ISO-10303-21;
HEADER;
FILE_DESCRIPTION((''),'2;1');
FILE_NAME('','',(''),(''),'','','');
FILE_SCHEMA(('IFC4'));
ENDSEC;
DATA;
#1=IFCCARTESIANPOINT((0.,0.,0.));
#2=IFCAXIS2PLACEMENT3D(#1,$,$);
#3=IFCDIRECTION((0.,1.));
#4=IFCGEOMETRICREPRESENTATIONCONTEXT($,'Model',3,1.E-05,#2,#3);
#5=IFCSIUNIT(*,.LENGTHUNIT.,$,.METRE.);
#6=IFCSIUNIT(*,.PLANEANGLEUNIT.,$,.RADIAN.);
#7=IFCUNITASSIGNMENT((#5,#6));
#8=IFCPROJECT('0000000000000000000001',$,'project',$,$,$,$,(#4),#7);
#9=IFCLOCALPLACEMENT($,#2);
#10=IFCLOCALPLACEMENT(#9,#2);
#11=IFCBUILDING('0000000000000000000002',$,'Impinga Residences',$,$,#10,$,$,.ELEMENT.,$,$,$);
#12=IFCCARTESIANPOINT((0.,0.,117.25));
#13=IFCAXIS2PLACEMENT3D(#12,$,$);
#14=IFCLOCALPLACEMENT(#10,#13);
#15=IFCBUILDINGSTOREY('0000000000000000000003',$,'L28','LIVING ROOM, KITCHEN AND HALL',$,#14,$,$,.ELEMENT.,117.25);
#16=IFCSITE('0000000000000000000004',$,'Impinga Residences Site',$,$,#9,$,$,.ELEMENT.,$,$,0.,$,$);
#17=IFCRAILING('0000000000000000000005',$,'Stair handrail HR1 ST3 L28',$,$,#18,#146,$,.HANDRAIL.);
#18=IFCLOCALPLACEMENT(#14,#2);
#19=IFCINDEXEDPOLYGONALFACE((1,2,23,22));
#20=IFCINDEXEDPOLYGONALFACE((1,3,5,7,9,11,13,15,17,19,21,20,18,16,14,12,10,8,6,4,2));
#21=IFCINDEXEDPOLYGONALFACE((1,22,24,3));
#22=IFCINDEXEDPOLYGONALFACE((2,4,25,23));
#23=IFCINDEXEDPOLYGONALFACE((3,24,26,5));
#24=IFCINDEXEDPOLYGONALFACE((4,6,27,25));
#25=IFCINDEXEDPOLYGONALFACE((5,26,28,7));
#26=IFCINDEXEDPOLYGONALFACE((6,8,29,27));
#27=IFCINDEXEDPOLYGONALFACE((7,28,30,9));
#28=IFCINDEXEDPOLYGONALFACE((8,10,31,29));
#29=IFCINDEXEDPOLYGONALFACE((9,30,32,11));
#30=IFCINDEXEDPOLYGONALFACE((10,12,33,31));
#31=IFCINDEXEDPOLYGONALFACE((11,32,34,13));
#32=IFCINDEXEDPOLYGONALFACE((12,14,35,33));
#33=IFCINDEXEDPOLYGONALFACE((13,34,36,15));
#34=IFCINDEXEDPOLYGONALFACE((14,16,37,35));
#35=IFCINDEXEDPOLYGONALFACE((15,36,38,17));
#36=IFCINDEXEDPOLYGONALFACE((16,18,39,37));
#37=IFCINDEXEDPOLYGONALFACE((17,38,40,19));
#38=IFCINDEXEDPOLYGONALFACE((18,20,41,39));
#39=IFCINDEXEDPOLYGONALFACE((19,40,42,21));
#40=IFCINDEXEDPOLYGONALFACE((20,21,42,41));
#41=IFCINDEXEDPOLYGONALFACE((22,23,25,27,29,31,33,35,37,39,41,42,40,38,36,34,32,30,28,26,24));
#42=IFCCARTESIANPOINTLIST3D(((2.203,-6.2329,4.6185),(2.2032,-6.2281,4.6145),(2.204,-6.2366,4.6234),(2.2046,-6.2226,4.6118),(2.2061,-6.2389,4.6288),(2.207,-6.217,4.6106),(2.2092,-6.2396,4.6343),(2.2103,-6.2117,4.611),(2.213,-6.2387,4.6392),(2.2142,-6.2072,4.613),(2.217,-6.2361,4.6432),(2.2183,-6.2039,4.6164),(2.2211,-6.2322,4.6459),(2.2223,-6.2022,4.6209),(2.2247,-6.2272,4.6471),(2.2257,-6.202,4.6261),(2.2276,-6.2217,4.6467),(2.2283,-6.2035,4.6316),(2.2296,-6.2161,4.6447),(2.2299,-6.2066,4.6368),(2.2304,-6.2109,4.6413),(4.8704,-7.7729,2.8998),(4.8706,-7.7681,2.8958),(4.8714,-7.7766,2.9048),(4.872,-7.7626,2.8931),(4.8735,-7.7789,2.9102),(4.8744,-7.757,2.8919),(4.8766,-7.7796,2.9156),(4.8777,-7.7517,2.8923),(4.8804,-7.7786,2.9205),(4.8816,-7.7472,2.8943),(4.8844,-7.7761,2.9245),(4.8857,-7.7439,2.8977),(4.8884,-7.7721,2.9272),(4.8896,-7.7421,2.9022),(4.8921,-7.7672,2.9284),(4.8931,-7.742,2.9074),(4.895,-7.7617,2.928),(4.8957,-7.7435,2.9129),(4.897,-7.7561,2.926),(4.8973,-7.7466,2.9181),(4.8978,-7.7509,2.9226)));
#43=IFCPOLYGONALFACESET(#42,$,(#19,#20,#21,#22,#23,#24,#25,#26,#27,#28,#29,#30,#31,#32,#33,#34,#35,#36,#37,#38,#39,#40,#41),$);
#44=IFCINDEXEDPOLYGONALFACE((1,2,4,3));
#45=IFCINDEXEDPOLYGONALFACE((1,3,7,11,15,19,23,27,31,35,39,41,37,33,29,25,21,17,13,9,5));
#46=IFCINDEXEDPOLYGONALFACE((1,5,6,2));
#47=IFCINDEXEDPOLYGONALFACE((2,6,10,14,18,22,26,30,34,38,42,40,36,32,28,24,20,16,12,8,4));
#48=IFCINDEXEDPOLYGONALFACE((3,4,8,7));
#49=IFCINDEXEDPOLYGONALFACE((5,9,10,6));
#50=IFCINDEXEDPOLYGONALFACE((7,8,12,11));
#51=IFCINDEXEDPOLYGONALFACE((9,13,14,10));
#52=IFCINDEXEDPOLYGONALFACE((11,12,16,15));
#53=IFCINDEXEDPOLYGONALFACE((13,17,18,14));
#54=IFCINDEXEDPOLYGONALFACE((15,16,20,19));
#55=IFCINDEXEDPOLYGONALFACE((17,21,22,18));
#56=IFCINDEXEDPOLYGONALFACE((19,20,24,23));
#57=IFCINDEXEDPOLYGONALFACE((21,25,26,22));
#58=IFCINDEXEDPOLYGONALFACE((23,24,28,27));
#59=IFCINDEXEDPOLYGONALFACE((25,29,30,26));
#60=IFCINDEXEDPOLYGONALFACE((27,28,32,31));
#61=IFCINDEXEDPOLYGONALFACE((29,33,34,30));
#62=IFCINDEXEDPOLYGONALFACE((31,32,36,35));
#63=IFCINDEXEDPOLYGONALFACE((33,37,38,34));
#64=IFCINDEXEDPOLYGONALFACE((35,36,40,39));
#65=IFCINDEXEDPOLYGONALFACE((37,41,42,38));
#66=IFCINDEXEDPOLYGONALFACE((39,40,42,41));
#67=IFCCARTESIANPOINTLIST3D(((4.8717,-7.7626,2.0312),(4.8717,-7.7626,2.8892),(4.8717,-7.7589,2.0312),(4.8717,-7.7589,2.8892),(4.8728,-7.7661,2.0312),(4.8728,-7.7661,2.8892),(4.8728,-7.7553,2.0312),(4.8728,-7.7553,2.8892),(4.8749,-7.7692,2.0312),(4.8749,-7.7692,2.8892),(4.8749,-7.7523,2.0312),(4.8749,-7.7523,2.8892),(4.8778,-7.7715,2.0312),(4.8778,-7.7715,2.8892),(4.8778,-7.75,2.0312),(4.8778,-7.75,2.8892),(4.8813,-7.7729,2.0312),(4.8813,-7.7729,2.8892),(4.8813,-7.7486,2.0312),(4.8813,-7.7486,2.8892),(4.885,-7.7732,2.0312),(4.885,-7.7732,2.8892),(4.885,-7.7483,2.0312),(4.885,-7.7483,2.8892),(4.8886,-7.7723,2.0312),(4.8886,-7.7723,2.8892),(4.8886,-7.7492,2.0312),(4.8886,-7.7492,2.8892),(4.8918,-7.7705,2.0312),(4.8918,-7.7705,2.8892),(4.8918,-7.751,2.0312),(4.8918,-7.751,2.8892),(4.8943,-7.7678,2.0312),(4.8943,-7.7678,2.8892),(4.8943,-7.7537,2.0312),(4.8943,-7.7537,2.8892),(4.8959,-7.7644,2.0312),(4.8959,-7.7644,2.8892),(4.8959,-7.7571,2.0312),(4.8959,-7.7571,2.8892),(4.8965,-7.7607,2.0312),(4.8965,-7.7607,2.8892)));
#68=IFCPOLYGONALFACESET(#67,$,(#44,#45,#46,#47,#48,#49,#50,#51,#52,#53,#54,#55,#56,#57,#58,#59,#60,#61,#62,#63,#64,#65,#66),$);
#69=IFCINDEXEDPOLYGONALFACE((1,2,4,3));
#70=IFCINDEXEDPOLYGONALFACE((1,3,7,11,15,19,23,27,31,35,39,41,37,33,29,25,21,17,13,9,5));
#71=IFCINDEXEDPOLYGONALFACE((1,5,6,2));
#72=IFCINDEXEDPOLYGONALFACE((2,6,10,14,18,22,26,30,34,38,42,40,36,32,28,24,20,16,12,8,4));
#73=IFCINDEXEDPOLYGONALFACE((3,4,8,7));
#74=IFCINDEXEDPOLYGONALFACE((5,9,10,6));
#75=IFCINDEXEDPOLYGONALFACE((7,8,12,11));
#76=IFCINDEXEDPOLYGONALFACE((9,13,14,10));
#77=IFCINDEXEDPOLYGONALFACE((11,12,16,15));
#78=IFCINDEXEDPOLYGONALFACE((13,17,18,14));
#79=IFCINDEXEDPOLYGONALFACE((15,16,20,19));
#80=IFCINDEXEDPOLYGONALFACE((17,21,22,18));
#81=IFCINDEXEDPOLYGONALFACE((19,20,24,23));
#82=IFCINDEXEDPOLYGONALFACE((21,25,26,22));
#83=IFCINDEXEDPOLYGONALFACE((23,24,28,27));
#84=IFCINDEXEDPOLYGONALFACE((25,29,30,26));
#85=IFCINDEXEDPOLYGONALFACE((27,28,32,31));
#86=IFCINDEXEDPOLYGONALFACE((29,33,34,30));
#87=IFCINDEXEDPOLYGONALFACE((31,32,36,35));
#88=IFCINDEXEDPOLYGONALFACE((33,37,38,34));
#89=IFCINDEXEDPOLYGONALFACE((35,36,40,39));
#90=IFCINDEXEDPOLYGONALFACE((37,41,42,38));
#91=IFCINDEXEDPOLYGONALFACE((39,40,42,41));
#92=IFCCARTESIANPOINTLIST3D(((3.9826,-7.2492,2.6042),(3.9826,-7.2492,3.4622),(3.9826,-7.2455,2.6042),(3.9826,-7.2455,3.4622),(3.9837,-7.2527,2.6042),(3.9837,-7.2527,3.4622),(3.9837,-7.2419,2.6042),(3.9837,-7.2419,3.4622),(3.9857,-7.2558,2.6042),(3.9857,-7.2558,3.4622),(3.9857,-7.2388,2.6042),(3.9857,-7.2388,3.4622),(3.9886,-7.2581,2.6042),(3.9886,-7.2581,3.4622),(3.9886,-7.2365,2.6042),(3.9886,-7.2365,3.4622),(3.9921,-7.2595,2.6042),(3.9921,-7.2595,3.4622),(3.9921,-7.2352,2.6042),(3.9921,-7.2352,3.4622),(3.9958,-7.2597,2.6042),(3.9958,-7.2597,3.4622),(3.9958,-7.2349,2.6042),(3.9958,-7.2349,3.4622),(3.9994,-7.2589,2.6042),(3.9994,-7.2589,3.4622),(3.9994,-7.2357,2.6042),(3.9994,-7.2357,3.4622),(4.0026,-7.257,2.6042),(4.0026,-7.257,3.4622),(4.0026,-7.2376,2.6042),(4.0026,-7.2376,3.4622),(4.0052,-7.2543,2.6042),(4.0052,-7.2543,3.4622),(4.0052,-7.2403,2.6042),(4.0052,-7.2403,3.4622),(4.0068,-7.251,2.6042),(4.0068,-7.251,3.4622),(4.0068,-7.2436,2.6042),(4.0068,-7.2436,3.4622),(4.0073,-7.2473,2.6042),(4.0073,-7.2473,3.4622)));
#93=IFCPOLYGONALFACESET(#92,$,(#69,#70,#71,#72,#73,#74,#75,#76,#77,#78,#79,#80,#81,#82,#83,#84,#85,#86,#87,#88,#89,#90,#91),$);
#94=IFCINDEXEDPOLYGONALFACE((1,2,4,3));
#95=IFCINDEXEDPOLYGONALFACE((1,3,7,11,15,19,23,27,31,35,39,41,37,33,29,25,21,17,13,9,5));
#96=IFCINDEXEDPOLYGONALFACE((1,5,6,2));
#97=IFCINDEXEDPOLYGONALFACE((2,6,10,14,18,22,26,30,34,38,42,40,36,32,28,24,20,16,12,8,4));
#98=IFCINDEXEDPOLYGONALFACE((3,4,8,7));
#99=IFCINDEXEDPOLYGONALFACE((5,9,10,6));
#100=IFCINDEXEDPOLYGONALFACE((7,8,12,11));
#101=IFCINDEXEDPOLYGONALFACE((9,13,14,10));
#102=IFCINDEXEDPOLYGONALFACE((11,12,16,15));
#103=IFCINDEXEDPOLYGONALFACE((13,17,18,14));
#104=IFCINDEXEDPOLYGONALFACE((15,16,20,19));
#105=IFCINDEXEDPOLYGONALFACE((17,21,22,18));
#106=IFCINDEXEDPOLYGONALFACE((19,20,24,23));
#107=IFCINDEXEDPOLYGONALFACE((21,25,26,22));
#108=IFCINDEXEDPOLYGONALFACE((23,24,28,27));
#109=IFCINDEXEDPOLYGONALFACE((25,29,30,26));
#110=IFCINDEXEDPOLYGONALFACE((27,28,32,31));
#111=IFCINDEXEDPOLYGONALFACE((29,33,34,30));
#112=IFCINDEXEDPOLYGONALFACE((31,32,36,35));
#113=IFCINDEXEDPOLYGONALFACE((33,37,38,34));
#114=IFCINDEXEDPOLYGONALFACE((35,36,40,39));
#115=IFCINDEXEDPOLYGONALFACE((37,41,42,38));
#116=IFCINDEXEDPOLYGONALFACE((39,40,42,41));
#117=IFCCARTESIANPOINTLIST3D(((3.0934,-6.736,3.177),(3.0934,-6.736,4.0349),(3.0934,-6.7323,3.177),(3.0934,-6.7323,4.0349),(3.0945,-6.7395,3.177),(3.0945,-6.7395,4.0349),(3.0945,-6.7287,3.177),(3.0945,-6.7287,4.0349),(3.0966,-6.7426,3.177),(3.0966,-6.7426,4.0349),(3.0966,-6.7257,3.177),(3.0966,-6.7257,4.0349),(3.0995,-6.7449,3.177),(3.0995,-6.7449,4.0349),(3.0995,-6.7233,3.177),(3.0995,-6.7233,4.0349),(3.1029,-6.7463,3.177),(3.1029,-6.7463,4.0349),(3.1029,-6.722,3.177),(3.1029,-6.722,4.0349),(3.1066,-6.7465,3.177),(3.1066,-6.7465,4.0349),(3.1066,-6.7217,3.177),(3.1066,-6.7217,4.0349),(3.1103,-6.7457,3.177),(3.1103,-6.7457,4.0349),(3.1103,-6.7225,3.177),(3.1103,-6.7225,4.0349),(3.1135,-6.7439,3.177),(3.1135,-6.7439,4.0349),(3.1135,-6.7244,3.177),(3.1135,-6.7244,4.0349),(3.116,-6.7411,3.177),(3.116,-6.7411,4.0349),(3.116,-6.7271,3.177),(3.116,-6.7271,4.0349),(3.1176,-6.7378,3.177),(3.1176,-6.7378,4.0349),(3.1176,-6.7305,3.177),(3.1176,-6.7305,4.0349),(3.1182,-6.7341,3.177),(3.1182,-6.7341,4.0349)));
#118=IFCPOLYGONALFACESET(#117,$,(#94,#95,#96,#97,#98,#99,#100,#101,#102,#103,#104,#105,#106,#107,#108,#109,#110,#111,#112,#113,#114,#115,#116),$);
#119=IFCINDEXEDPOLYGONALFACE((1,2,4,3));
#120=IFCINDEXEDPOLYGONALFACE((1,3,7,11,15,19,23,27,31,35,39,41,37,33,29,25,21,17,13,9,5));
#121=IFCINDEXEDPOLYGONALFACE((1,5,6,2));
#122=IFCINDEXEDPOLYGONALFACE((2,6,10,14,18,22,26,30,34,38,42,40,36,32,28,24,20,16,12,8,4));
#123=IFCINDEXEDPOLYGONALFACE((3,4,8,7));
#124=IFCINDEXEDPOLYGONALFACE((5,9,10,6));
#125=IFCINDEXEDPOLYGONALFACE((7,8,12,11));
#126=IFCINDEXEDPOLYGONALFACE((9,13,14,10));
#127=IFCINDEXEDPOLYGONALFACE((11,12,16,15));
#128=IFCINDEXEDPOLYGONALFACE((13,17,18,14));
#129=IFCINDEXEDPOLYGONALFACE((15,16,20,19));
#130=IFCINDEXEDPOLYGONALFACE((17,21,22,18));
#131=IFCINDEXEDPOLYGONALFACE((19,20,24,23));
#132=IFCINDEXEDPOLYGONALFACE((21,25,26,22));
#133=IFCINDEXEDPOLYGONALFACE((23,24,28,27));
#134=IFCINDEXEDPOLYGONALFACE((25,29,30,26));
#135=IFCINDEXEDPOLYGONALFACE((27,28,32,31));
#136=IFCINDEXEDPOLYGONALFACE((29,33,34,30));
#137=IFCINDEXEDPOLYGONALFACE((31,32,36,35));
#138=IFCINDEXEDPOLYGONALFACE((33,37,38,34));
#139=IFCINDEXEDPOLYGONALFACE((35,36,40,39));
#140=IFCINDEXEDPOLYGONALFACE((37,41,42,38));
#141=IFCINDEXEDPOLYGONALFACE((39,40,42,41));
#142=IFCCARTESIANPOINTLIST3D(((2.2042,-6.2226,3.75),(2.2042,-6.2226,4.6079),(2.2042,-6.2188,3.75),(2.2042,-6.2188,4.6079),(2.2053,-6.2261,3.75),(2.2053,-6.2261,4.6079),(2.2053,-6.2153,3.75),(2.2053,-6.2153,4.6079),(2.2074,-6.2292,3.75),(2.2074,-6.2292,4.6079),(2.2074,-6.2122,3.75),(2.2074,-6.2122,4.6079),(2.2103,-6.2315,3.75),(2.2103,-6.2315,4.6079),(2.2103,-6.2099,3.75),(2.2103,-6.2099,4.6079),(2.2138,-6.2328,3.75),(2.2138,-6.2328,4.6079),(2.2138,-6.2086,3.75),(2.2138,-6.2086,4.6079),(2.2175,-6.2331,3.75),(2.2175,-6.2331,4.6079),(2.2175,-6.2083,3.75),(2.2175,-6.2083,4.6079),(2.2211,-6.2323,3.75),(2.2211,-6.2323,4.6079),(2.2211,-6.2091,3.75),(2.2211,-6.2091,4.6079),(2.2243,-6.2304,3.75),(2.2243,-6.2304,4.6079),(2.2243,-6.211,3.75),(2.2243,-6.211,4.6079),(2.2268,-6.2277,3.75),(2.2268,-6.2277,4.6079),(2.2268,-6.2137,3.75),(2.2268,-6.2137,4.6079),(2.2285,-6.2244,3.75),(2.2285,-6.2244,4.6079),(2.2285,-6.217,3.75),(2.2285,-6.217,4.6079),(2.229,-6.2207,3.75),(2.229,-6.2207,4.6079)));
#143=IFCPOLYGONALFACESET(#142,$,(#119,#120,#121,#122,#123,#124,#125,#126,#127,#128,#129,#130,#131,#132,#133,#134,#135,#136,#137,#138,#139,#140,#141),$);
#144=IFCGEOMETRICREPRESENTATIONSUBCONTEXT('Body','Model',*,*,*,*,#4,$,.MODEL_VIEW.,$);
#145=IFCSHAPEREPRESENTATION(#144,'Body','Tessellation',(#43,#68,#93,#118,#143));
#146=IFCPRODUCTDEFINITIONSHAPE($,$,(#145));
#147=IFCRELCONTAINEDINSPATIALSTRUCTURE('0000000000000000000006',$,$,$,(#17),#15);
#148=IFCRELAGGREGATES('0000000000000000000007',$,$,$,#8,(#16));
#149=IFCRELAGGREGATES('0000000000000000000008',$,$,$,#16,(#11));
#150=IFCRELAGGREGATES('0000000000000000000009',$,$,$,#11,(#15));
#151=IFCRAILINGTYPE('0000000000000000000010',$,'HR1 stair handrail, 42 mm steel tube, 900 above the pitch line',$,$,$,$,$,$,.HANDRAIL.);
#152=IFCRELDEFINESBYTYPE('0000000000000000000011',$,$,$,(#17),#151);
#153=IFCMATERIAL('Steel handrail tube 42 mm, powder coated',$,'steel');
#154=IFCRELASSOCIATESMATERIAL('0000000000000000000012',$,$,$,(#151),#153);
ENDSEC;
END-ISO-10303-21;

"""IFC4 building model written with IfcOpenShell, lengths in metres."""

from ifc_helpers import new_model, si_unit, direction, frame, origin, origin_2d, place, context, subcontext, project, spatial, circle, extrude, material, type_object, element, save


model = new_model("IFC4")

# Units and contexts
model_context = context("Model", 3, precision=1e-05, world=origin(), true_north=direction((0.0, 1.0)))
body_context = subcontext(model_context, "Body", "Model", "MODEL_VIEW")
ifc_project = project(units=[si_unit("LENGTHUNIT", "METRE"), si_unit("PLANEANGLEUNIT", "RADIAN")], contexts=[model_context])

# Site, building, storey
site_placement = place(None, origin())
site = spatial("IfcSite", under=ifc_project, at=site_placement, Name="Impinga Residences Site", CompositionType="ELEMENT", RefElevation=0.0)
building_placement = place(site_placement, origin())
building = spatial("IfcBuilding", under=site, at=building_placement, Name="Impinga Residences", CompositionType="ELEMENT")
storey_placement = place(building_placement, frame((0.0, 0.0, 117.25)))
storey = spatial("IfcBuildingStorey", under=building, at=storey_placement, Name="L28", Description="LIVING ROOM, KITCHEN AND HALL", CompositionType="ELEMENT", Elevation=117.25)

# Railing
ifc_material_1 = material(Name="Steel handrail tube 42 mm, powder coated", Category="steel")
railing_type_1 = type_object("IfcRailingType", Name="HR1 stair handrail, 42 mm steel tube, 900 above the pitch line", PredefinedType="HANDRAIL", material=ifc_material_1)
railing_1_placement = place(storey_placement, frame((4.884, -7.7607, 2.0312)))
element("IfcRailing", 1, at=railing_1_placement, inside=storey, type_object=railing_type_1, Name="Stair handrail HR1 ST3 L28", PredefinedType="HANDRAIL", context=body_context, shape_type="SweptSolid", body=[
    extrude(circle(Radius=0.021, at=origin_2d()), frame((0.0, 0.0, 0.8789), z_axis=(-0.756256, 0.436616, 0.487282), x_axis=(-0.499992, -0.86603, 0.0)), (0.0, 0.0, 1.0), 3.5271),
    extrude(circle(Radius=0.0125, at=origin_2d()), origin(), (0.0, 0.0, 1.0), 0.8579),
    extrude(circle(Radius=0.0125, at=origin_2d()), frame((-0.8892, 0.5134, 0.573)), (0.0, 0.0, 1.0), 0.8579),
    extrude(circle(Radius=0.0125, at=origin_2d()), frame((-1.7783, 1.0266, 1.1458)), (0.0, 0.0, 1.0), 0.8579),
    extrude(circle(Radius=0.0125, at=origin_2d()), frame((-2.6675, 1.54, 1.7188)), (0.0, 0.0, 1.0), 0.8579),
])

save(model, "model.ifc")
